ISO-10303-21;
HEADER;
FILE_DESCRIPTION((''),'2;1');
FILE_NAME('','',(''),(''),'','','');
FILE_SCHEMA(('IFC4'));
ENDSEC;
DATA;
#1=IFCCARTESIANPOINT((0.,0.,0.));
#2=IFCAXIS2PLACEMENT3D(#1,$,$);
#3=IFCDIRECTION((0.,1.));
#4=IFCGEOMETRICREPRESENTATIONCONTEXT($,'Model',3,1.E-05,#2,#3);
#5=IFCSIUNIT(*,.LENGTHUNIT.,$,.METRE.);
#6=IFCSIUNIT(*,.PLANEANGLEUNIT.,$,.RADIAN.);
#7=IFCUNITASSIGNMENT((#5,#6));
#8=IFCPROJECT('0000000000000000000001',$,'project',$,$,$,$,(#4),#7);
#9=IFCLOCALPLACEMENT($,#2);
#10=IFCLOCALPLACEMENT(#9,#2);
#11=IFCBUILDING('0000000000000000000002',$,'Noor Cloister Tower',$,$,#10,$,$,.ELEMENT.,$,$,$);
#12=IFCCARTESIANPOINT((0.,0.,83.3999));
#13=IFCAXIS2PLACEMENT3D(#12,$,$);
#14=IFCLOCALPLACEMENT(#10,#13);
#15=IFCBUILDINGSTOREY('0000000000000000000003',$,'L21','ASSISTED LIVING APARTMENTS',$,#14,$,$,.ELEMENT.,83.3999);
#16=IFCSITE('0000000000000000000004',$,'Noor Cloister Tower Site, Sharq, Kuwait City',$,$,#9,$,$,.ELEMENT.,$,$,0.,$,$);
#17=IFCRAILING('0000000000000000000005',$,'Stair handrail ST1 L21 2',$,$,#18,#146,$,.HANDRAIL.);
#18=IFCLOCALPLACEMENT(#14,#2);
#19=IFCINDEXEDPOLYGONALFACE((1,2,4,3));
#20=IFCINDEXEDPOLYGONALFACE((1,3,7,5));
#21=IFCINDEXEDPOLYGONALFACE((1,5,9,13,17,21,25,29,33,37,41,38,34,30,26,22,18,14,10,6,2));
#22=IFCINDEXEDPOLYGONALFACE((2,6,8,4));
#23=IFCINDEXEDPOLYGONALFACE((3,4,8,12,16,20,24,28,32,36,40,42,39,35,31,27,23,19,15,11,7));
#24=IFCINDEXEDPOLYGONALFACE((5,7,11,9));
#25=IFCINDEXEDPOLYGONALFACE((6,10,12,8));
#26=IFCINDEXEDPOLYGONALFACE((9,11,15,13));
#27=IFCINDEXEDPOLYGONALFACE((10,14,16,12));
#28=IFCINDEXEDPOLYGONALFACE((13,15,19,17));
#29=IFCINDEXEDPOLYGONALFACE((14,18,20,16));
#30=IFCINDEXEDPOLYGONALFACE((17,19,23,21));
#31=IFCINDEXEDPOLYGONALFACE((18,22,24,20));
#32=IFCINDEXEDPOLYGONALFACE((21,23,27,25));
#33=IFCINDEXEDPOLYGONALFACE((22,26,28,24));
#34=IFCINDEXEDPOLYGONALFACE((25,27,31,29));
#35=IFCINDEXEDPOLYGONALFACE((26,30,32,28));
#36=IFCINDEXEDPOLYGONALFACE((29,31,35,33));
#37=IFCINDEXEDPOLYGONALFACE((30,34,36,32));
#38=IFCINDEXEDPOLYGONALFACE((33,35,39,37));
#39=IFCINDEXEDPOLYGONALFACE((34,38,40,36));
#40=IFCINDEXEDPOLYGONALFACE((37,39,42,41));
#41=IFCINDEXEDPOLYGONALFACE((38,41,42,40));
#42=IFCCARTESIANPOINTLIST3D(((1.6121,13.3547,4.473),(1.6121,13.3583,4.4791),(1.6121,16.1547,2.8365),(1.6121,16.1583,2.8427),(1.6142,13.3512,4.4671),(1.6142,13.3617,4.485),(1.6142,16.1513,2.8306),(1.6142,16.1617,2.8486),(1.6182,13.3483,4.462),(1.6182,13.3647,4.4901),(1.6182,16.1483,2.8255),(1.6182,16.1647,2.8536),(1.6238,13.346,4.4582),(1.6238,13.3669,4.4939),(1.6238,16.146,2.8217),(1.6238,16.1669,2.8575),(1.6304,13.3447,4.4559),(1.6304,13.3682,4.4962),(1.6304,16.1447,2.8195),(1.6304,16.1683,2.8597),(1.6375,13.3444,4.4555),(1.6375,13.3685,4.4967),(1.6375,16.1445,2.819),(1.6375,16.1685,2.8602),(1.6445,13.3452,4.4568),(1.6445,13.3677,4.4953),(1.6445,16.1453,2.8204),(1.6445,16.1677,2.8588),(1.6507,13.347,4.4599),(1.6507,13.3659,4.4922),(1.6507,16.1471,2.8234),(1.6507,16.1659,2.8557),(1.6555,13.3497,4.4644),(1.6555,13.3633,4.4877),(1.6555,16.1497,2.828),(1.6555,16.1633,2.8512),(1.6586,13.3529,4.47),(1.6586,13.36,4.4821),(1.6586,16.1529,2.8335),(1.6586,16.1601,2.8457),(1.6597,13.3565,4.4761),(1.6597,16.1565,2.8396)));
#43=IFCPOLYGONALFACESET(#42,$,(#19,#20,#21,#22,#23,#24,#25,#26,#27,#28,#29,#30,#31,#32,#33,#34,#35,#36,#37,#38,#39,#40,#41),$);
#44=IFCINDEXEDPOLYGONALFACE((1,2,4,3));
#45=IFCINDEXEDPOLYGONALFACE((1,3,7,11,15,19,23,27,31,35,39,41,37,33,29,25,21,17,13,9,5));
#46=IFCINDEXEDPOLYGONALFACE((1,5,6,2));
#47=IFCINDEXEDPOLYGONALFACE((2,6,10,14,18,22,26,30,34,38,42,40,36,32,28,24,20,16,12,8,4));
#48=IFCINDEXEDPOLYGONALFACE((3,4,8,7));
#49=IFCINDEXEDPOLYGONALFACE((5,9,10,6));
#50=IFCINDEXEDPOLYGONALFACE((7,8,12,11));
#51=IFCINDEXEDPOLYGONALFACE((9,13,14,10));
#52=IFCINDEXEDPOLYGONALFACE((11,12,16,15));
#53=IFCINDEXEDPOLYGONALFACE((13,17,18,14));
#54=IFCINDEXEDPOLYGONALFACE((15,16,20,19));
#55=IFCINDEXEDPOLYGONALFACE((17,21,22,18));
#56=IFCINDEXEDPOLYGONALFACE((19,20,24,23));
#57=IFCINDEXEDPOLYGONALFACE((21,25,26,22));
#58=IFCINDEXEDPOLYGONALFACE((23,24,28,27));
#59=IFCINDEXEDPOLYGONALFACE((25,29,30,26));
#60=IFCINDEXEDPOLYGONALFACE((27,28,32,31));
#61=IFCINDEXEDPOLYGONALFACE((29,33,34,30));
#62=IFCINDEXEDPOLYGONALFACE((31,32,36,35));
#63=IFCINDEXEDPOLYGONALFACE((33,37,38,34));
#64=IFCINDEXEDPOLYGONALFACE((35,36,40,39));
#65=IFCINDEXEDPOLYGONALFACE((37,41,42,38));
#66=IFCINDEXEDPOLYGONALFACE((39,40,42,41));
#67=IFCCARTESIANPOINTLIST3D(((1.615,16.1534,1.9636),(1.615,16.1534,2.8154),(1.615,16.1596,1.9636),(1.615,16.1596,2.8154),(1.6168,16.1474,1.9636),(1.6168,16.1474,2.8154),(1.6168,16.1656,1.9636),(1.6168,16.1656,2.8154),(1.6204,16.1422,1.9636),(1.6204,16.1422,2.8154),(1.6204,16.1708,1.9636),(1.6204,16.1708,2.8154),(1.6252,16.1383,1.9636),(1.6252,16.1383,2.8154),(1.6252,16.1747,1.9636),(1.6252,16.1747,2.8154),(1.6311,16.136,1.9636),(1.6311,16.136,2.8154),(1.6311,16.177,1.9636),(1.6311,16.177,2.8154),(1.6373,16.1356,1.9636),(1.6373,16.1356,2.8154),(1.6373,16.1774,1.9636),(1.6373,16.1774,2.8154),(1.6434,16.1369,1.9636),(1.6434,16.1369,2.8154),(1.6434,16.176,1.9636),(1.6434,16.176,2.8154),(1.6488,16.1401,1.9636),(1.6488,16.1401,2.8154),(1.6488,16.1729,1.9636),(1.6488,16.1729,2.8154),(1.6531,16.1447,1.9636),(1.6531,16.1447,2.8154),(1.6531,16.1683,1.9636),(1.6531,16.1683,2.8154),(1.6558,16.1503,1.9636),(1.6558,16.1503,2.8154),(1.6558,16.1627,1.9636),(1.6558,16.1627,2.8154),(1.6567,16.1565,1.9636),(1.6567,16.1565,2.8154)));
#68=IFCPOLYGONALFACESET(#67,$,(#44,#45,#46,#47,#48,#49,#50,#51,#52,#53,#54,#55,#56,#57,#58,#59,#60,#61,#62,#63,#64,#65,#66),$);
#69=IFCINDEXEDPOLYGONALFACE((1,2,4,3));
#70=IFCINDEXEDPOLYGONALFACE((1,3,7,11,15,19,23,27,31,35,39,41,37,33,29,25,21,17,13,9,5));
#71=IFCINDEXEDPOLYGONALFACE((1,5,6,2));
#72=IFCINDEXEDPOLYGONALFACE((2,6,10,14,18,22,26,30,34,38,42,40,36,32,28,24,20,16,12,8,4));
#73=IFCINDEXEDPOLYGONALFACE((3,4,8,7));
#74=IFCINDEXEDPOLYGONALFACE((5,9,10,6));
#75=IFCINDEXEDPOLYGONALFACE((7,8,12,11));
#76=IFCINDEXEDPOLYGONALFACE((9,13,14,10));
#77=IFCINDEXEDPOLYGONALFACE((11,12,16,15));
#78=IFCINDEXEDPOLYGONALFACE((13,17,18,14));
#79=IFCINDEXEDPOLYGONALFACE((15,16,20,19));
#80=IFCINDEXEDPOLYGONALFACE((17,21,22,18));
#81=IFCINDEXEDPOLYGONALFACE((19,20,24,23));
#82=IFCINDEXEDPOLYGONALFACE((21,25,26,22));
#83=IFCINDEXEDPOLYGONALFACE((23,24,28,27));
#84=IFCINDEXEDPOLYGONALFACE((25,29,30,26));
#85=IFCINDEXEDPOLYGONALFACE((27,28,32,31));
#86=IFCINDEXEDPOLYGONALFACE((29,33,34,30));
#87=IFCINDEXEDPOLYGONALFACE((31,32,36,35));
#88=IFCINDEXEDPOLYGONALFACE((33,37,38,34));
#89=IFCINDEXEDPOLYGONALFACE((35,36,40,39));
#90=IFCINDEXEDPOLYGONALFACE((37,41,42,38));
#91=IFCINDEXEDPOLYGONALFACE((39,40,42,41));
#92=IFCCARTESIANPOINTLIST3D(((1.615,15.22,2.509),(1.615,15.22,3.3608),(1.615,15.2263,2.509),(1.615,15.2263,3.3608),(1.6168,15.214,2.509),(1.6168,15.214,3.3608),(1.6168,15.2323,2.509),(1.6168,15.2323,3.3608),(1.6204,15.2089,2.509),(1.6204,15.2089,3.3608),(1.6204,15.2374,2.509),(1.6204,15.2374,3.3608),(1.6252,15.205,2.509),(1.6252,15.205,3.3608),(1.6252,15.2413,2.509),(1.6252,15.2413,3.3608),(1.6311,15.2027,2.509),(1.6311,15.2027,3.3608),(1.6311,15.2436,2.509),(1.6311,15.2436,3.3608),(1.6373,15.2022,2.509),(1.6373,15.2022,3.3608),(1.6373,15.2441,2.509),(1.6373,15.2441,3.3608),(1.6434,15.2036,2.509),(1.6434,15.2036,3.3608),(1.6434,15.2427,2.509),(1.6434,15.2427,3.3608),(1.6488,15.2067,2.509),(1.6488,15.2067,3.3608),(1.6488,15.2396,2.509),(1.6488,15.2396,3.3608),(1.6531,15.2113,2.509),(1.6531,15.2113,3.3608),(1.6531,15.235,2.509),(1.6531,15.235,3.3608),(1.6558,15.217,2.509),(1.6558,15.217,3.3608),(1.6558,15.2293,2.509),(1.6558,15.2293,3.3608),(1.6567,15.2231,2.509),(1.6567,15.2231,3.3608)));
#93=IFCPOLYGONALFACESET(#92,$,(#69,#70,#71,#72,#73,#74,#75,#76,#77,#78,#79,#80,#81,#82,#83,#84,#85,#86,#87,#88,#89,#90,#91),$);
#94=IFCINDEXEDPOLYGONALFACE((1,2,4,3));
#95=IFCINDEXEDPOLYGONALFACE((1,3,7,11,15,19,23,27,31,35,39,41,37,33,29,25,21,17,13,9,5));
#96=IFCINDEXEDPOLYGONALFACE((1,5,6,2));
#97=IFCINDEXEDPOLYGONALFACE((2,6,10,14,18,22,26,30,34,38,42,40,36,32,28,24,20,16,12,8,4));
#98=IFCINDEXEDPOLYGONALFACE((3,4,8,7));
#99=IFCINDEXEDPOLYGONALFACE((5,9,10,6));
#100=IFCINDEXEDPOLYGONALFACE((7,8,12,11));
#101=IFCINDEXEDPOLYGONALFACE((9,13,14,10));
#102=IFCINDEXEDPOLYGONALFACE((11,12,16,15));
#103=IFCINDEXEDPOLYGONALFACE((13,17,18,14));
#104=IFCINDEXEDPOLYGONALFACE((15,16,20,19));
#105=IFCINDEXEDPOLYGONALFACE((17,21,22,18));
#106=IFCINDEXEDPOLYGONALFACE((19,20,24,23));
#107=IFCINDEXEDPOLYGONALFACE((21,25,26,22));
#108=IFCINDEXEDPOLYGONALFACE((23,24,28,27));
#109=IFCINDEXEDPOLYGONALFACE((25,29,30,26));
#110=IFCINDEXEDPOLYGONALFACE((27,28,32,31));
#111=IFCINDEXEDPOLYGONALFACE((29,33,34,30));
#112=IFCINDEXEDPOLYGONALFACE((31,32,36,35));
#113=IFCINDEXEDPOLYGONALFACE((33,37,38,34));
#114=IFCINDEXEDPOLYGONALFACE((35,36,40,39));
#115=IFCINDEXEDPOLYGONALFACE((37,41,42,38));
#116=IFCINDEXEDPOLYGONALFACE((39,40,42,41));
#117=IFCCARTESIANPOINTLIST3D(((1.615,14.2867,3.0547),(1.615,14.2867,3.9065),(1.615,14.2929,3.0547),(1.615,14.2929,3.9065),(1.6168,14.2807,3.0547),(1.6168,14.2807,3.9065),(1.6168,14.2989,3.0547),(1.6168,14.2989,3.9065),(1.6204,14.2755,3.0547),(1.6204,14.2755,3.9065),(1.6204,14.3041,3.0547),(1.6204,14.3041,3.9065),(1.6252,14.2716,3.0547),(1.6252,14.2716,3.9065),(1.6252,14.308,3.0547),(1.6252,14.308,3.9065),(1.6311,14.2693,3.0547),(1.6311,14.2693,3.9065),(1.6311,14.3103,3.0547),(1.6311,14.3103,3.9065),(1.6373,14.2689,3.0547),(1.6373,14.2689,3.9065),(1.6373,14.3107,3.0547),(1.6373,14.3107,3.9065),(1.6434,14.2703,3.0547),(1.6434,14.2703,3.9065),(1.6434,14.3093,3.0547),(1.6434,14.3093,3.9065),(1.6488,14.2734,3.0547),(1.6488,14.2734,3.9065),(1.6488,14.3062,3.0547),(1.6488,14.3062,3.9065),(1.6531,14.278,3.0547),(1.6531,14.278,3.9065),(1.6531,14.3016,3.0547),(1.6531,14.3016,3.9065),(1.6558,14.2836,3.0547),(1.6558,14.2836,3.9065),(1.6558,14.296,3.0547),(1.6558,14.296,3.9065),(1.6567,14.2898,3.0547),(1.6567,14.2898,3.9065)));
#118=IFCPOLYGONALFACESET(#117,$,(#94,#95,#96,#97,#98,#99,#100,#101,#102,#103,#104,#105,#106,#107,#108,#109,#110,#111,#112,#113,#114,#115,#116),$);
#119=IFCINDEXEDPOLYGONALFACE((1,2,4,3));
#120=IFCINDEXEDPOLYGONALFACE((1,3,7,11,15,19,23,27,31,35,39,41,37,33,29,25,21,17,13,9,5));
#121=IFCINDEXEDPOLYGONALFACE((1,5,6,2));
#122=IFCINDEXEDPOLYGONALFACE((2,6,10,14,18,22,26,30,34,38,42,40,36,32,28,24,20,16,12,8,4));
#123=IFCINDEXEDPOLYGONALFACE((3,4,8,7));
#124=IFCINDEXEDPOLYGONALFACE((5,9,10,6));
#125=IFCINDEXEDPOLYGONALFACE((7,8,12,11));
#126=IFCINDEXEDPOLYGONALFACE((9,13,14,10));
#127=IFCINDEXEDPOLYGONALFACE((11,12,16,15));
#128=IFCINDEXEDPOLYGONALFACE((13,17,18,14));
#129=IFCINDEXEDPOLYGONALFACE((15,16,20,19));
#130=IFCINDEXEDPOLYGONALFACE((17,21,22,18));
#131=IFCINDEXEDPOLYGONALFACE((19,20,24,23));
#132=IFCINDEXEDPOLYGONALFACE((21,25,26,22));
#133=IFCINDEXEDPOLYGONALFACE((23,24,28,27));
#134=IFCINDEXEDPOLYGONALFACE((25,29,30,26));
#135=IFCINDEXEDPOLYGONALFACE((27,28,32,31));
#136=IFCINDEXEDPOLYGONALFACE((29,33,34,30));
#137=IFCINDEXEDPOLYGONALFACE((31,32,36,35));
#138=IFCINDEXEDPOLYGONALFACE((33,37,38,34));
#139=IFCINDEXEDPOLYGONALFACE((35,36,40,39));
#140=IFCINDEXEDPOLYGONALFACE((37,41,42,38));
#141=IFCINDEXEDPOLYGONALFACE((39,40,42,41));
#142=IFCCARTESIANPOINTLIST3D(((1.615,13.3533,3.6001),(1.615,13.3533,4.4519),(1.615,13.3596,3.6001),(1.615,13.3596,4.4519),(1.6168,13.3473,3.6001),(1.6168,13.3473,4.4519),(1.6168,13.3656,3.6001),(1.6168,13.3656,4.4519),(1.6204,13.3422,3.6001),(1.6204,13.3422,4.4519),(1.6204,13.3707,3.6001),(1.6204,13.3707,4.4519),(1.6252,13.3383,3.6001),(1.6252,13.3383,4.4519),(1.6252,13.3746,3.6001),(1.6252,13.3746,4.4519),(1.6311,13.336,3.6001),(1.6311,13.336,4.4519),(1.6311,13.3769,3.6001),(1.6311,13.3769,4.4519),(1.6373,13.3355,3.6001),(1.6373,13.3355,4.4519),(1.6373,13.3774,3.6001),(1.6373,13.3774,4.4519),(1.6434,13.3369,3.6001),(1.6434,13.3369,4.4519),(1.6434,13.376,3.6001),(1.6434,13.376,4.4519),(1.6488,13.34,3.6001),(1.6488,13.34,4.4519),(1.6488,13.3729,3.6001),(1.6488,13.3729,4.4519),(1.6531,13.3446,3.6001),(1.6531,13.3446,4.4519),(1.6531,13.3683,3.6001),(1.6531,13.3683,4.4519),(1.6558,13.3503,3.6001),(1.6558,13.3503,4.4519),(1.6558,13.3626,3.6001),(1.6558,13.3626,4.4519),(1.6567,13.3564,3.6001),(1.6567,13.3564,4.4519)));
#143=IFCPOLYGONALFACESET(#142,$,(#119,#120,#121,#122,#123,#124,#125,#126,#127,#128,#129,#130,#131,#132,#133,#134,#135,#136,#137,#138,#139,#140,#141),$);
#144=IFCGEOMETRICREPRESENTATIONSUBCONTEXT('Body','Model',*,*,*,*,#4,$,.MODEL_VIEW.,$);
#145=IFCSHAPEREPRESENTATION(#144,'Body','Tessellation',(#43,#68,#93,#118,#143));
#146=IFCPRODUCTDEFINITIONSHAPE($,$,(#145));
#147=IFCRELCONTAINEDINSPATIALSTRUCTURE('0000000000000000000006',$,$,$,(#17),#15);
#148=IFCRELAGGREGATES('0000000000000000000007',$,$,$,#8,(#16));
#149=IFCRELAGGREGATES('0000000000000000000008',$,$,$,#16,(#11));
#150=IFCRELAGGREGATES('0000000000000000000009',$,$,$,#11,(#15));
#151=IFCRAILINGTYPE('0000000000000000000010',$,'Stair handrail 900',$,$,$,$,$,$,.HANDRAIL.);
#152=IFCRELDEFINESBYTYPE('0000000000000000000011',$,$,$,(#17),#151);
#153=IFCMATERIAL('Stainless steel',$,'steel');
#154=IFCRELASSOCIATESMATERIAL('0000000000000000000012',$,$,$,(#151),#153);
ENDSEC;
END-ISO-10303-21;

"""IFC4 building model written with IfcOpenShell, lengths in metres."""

from ifc_helpers import new_model, si_unit, direction, frame, origin, origin_2d, place, context, subcontext, project, spatial, circle, extrude, material, type_object, element, save


model = new_model("IFC4")

# Units and contexts
model_context = context("Model", 3, precision=1e-05, world=origin(), true_north=direction((0.0, 1.0)))
body_context = subcontext(model_context, "Body", "Model", "MODEL_VIEW")
ifc_project = project(units=[si_unit("LENGTHUNIT", "METRE"), si_unit("PLANEANGLEUNIT", "RADIAN")], contexts=[model_context])

# Site, building, storey
site_placement = place(None, origin())
site = spatial("IfcSite", under=ifc_project, at=site_placement, Name="Noor Cloister Tower Site, Sharq, Kuwait City", CompositionType="ELEMENT", RefElevation=0.0)
building_placement = place(site_placement, origin())
building = spatial("IfcBuilding", under=site, at=building_placement, Name="Noor Cloister Tower", CompositionType="ELEMENT")
storey_placement = place(building_placement, frame((0.0, 0.0, 83.3999)))
storey = spatial("IfcBuildingStorey", under=building, at=storey_placement, Name="L21", Description="ASSISTED LIVING APARTMENTS", CompositionType="ELEMENT", Elevation=83.3999)

# Railing
ifc_material_1 = material(Name="Stainless steel", Category="steel")
railing_type_1 = type_object("IfcRailingType", Name="Stair handrail 900", PredefinedType="HANDRAIL", material=ifc_material_1)
railing_1_placement = place(storey_placement, frame((1.6357, 16.1565, 1.9636)))
element("IfcRailing", 1, at=railing_1_placement, inside=storey, type_object=railing_type_1, Name="Stair handrail ST1 L21 2", PredefinedType="HANDRAIL", context=body_context, shape_type="SweptSolid", body=[
    extrude(circle(Radius=0.0239, at=origin_2d()), frame((0.0, 0.0, 0.876), z_axis=(0.0, -0.863361, 0.504587), x_axis=(1.0, 0.0, 0.0)), (0.0, 0.0, 1.0), 3.2432),
    extrude(circle(Radius=0.021, at=origin_2d()), origin(), (0.0, 0.0, 1.0), 0.8518),
    extrude(circle(Radius=0.021, at=origin_2d()), frame((0.0, -0.9333, 0.5454)), (0.0, 0.0, 1.0), 0.8518),
    extrude(circle(Radius=0.021, at=origin_2d()), frame((0.0, -1.8667, 1.0911)), (0.0, 0.0, 1.0), 0.8518),
    extrude(circle(Radius=0.021, at=origin_2d()), frame((0.0, -2.8, 1.6365)), (0.0, 0.0, 1.0), 0.8518),
])

save(model, "model.ifc")
